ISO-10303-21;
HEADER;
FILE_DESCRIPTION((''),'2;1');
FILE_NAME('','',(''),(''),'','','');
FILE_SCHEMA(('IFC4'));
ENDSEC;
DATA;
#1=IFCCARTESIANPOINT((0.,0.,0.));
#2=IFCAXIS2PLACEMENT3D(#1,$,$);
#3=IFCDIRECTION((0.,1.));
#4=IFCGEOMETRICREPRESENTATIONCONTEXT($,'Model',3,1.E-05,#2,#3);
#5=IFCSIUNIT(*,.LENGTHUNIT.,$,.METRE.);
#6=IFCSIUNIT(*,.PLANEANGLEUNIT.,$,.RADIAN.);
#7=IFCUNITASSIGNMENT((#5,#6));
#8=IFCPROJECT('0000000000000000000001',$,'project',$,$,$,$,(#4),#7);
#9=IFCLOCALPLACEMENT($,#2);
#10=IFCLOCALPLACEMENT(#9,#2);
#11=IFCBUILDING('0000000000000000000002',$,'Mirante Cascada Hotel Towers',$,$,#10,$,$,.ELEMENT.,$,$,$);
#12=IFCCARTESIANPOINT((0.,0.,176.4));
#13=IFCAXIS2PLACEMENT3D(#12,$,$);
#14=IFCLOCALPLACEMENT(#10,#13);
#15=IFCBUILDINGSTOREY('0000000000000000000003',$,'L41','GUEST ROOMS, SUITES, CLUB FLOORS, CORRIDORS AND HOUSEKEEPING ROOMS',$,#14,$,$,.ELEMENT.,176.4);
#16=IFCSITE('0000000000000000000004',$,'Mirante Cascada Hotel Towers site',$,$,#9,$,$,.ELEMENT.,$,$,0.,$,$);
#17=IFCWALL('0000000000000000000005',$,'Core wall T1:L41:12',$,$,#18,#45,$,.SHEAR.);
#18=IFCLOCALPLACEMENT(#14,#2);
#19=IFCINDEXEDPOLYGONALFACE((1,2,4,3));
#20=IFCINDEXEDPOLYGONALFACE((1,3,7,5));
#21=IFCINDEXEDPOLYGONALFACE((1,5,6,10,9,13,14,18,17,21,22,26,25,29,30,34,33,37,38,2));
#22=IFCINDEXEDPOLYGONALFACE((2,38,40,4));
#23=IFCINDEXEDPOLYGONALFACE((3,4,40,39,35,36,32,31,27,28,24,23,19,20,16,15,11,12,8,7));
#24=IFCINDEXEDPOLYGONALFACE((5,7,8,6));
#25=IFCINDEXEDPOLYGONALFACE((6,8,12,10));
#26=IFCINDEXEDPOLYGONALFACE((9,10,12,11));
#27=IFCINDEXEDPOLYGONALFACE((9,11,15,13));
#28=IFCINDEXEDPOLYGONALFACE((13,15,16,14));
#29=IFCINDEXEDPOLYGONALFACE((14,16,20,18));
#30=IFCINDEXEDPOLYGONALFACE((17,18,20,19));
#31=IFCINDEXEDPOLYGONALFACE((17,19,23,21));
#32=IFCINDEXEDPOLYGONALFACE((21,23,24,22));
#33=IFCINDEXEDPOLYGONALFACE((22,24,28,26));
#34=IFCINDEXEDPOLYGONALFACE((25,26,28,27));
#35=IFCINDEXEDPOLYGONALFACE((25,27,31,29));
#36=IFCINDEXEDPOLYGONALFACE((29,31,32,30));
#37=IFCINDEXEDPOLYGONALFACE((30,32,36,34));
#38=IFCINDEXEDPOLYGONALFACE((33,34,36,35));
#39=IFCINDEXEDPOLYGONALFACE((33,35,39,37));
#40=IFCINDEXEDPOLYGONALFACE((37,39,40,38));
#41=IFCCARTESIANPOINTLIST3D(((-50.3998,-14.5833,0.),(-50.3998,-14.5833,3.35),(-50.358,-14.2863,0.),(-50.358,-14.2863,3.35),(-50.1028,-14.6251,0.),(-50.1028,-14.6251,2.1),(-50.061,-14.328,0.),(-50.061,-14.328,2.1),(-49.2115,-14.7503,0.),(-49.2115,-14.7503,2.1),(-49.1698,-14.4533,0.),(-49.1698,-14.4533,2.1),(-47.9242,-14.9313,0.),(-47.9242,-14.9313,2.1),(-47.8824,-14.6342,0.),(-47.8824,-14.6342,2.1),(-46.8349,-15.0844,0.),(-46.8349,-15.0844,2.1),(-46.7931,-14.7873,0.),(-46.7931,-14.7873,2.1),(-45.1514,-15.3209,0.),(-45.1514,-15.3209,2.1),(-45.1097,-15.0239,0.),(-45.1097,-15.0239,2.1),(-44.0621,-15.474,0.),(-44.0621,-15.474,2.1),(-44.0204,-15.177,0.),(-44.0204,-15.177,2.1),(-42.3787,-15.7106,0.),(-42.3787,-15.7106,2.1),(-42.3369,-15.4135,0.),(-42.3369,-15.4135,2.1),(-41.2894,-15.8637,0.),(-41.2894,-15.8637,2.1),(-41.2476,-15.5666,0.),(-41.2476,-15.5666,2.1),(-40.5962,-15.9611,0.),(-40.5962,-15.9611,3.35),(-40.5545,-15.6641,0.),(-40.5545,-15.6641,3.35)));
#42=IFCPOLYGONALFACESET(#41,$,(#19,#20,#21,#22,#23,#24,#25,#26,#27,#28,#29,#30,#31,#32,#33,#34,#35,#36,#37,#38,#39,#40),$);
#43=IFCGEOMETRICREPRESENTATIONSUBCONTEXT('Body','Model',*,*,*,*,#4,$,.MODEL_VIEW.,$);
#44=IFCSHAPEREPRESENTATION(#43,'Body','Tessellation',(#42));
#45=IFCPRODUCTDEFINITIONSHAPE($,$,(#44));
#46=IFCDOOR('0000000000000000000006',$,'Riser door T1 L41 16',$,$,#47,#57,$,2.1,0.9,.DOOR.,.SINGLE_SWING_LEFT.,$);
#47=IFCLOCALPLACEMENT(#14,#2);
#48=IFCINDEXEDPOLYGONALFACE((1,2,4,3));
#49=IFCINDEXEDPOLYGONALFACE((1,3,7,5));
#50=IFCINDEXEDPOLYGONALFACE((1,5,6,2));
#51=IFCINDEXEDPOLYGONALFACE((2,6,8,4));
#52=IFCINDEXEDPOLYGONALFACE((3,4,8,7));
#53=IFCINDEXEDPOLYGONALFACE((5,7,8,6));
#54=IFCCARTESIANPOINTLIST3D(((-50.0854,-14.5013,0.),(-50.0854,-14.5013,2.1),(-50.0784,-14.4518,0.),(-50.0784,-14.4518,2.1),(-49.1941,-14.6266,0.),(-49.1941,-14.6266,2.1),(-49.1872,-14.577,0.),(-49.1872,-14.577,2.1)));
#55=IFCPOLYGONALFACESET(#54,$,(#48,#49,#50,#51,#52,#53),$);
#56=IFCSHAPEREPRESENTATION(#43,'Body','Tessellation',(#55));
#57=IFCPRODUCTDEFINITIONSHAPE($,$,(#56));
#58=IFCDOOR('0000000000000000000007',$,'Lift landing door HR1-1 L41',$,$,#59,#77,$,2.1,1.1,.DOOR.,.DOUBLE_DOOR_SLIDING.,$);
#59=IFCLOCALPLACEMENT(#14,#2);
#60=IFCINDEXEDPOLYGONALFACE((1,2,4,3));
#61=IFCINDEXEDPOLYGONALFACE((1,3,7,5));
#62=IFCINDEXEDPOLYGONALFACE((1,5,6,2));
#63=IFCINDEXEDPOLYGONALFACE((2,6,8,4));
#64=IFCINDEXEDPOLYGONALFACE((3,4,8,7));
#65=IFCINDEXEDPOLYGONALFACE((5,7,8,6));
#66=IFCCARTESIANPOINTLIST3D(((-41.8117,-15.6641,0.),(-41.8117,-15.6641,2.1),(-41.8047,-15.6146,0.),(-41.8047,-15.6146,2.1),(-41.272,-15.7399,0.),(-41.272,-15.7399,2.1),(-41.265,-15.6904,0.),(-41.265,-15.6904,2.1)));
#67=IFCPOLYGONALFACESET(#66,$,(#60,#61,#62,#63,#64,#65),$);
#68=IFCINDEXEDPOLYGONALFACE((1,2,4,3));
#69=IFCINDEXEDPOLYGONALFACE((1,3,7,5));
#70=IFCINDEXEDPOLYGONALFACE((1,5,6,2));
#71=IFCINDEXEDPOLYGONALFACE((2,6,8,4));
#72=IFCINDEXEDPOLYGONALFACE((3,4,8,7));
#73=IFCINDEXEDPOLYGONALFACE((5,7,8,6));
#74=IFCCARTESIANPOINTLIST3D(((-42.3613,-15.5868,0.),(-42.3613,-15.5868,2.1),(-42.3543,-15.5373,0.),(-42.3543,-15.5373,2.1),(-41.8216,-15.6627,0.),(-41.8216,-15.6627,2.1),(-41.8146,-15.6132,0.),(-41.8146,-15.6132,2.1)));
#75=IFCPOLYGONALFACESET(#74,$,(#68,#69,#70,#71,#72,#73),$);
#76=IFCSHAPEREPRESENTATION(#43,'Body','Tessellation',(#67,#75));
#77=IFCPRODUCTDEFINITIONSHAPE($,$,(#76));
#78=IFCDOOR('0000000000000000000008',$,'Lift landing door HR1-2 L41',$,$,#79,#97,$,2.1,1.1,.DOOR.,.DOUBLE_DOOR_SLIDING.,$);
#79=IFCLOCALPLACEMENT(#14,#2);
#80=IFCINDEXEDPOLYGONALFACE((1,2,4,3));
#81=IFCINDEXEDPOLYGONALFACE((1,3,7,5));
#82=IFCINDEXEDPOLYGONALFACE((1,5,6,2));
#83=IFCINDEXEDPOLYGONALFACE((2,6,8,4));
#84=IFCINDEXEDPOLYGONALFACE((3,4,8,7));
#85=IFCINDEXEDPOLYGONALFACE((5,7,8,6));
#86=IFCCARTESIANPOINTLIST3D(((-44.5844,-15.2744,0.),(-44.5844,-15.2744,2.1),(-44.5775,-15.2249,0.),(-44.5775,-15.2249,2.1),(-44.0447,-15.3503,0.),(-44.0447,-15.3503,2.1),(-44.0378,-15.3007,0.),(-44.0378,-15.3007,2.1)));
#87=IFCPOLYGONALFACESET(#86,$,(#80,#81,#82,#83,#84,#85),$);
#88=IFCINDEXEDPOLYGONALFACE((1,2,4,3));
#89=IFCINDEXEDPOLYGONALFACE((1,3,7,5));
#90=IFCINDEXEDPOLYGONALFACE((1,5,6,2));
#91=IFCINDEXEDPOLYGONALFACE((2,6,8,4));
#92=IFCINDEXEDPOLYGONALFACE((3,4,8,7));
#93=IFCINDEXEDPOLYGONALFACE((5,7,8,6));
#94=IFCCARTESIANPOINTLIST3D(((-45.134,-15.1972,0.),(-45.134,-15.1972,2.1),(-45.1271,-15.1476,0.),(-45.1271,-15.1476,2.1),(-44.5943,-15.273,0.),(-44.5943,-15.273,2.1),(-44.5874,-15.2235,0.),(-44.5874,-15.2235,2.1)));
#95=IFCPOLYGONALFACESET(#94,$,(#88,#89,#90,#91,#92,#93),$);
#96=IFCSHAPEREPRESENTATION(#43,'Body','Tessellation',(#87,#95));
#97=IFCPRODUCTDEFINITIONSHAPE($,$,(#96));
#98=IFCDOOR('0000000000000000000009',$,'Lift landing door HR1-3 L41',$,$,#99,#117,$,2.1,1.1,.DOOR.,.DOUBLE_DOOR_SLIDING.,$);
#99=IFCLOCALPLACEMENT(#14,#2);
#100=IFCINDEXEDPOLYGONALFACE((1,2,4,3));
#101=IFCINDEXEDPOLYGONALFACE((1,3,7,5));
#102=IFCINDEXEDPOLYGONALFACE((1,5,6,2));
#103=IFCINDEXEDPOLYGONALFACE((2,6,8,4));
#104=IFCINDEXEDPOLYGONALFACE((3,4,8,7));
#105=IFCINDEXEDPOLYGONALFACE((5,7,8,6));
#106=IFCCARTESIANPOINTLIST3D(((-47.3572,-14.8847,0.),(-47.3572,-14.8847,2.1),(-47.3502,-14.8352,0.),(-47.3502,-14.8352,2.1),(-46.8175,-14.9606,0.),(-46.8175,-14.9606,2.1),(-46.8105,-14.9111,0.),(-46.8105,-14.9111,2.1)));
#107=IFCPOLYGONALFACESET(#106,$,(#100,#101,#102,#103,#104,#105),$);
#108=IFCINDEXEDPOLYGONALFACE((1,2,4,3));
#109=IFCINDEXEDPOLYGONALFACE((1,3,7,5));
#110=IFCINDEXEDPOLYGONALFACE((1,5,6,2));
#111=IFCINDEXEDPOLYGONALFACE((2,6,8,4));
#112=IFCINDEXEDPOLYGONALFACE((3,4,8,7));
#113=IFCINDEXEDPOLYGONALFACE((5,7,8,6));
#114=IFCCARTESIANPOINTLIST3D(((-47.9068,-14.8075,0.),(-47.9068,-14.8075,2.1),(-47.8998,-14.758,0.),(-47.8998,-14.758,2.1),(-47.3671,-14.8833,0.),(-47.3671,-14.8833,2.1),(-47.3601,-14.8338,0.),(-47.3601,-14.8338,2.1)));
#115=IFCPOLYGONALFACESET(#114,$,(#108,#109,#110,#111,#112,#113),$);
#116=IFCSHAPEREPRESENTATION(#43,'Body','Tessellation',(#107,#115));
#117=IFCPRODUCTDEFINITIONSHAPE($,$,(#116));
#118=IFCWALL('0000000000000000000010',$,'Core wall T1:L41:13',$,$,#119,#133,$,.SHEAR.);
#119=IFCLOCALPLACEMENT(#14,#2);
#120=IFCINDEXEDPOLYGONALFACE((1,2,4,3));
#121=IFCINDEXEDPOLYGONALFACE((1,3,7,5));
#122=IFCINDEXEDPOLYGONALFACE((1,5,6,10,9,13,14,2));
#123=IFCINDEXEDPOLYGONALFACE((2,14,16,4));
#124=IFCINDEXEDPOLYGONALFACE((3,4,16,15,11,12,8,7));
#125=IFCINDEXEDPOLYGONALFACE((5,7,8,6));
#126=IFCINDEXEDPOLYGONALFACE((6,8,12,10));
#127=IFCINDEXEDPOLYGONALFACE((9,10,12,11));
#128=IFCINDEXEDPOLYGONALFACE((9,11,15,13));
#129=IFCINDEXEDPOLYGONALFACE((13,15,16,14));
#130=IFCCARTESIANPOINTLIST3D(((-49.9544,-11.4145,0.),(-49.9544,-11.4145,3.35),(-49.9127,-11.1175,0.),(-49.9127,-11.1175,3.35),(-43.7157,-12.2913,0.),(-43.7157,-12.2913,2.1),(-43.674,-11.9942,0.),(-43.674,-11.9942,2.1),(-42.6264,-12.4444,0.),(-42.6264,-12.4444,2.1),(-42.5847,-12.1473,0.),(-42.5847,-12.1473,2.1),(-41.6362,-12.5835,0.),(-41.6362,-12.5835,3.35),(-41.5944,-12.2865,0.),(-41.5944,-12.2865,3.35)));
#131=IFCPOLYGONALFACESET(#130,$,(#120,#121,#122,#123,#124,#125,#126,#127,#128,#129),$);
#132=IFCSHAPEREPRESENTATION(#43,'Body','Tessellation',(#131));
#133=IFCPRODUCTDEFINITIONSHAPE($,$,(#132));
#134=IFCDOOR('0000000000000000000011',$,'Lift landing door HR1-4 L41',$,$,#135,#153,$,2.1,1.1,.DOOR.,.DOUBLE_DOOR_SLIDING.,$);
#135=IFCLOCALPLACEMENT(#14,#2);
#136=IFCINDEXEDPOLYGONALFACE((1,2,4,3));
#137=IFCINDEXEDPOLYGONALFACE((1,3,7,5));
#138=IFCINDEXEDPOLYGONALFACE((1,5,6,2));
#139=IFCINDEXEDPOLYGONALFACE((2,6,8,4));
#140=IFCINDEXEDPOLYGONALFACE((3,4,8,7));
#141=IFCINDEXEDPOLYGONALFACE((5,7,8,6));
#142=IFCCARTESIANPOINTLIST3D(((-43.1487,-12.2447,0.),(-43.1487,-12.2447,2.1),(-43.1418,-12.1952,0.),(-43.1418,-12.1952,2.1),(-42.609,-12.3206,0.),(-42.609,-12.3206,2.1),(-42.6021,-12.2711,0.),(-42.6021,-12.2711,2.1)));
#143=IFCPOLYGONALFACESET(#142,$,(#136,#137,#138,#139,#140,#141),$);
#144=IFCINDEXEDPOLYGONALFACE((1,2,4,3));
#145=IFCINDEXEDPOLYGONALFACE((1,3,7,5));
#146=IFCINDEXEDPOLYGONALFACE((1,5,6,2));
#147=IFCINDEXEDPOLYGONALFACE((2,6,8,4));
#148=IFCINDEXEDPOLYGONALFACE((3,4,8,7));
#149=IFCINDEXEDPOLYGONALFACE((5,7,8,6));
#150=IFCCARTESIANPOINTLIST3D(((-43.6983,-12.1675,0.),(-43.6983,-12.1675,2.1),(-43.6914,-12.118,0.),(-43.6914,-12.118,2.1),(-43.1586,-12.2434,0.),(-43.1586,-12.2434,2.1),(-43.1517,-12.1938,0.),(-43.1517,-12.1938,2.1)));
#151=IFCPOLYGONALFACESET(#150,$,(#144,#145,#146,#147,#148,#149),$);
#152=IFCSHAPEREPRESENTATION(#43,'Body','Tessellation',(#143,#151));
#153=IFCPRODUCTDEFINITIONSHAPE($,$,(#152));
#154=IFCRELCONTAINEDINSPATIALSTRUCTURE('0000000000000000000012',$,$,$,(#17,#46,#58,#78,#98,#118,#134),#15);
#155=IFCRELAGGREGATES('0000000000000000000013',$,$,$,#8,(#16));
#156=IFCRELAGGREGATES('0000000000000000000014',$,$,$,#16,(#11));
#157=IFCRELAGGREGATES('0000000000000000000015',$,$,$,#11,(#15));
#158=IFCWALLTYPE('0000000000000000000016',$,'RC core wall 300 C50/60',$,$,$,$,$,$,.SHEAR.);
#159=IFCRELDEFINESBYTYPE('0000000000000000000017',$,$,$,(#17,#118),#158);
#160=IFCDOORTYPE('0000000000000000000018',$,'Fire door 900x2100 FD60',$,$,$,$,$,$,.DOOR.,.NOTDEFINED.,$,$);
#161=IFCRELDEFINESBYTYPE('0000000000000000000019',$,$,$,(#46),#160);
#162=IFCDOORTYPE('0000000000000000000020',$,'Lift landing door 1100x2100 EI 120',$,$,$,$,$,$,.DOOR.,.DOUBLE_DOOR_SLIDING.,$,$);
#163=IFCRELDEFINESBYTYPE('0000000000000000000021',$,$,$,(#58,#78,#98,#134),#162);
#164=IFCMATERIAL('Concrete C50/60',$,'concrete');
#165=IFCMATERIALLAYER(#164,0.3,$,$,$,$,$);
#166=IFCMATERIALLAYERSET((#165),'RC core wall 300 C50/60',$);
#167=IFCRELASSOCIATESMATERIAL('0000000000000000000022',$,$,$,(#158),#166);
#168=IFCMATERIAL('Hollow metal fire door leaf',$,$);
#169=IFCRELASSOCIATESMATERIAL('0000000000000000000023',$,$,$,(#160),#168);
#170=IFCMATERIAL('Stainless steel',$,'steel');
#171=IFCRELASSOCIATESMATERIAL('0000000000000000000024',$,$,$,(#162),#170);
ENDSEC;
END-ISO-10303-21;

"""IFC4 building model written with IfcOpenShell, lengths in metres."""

from ifc_helpers import new_model, si_unit, direction, frame, frame_2d, origin, place, context, subcontext, project, spatial, rectangle, extrude, material, layer, layer_set, type_object, element, fill, save


model = new_model("IFC4")

# Units and contexts
model_context = context("Model", 3, precision=1e-05, world=origin(), true_north=direction((0.0, 1.0)))
body_context = subcontext(model_context, "Body", "Model", "MODEL_VIEW")
ifc_project = project(units=[si_unit("LENGTHUNIT", "METRE"), si_unit("PLANEANGLEUNIT", "RADIAN")], contexts=[model_context])

# Site, building, storey
site_placement = place(None, origin())
site = spatial("IfcSite", under=ifc_project, at=site_placement, Name="Mirante Cascada Hotel Towers site", CompositionType="ELEMENT", RefElevation=0.0)
building_placement = place(site_placement, origin())
building = spatial("IfcBuilding", under=site, at=building_placement, Name="Mirante Cascada Hotel Towers", CompositionType="ELEMENT")
storey_placement = place(building_placement, frame((0.0, 0.0, 176.4)))
storey = spatial("IfcBuildingStorey", under=building, at=storey_placement, Name="L41", Description="GUEST ROOMS, SUITES, CLUB FLOORS, CORRIDORS AND HOUSEKEEPING ROOMS", CompositionType="ELEMENT", Elevation=176.4)

# Shared definitions
ifc_material_1 = material(Name="Concrete C50/60", Category="concrete")
ifc_layer_1 = layer(ifc_material_1, 0.3)
ifc_layer_set_1 = layer_set([ifc_layer_1], Name="RC core wall 300 C50/60")
wall_type_1 = type_object("IfcWallType", Name="RC core wall 300 C50/60", PredefinedType="SHEAR", material=ifc_layer_set_1)

# Wall, openings, doors
wall_1_placement = place(storey_placement, frame((-40.5753, -15.8126, 0.0), z_axis=(0.0, 0.0, 1.0), x_axis=(-0.990268, 0.139173, 0.0)))
wall_1 = element("IfcWall", 1, at=wall_1_placement, inside=storey, type_object=wall_type_1, Name="Core wall T1:L41:12", PredefinedType="SHEAR", context=body_context, shape_type="SweptSolid", body=[
    extrude(rectangle(XDim=9.8999, YDim=0.3, at=frame_2d((4.95, 0.0))), origin(), (0.0, 0.0, 1.0), 3.35),
])
opening_1_placement = place(wall_1_placement, frame((0.7, 0.0, 0.0)))
opening_1 = element("IfcOpeningElement", 2, at=opening_1_placement, cuts=wall_1, PredefinedType="OPENING", context=body_context, shape_type="SweptSolid", body=[
    extrude(rectangle(XDim=1.1, YDim=2.1, at=frame_2d((0.55, 1.05))), frame((0.0, 0.15, 0.0), z_axis=(0.0, -1.0, 0.0), x_axis=(1.0, 0.0, 0.0)), (0.0, 0.0, 1.0), 0.3),
])
opening_2_placement = place(wall_1_placement, frame((3.5, 0.0, 0.0)))
opening_2 = element("IfcOpeningElement", 3, at=opening_2_placement, cuts=wall_1, PredefinedType="OPENING", context=body_context, shape_type="SweptSolid", body=[
    extrude(rectangle(XDim=1.1, YDim=2.1, at=frame_2d((0.55, 1.05))), frame((0.0, 0.15, 0.0), z_axis=(0.0, -1.0, 0.0), x_axis=(1.0, 0.0, 0.0)), (0.0, 0.0, 1.0), 0.3),
])
opening_3_placement = place(wall_1_placement, frame((6.3, 0.0, 0.0)))
opening_3 = element("IfcOpeningElement", 4, at=opening_3_placement, cuts=wall_1, PredefinedType="OPENING", context=body_context, shape_type="SweptSolid", body=[
    extrude(rectangle(XDim=1.1, YDim=2.1, at=frame_2d((0.55, 1.05))), frame((0.0, 0.15, 0.0), z_axis=(0.0, -1.0, 0.0), x_axis=(1.0, 0.0, 0.0)), (0.0, 0.0, 1.0), 0.3),
])
opening_4_placement = place(wall_1_placement, frame((8.7, 0.0, 0.0)))
opening_4 = element("IfcOpeningElement", 5, at=opening_4_placement, cuts=wall_1, PredefinedType="OPENING", context=body_context, shape_type="SweptSolid", body=[
    extrude(rectangle(XDim=0.9, YDim=2.1, at=frame_2d((0.45, 1.05))), frame((0.0, 0.15, 0.0), z_axis=(0.0, -1.0, 0.0), x_axis=(1.0, 0.0, 0.0)), (0.0, 0.0, 1.0), 0.3),
])
ifc_material_2 = material(Name="Hollow metal fire door leaf")
door_type_1 = type_object("IfcDoorType", Name="Fire door 900x2100 FD60", OperationType="NOTDEFINED", PredefinedType="DOOR", material=ifc_material_2)
door_1_placement = place(opening_4_placement, origin())
door_1 = element("IfcDoor", 6, at=door_1_placement, inside=storey, type_object=door_type_1, Name="Riser door T1 L41 16", OperationType="SINGLE_SWING_LEFT", OverallHeight=2.1, OverallWidth=0.9, PredefinedType="DOOR", context=body_context, shape_type="SweptSolid", body=[
    extrude(rectangle(XDim=0.9, YDim=2.1, at=frame_2d((0.45, 1.05))), frame((0.0, 0.025, 0.0), z_axis=(0.0, -1.0, 0.0), x_axis=(1.0, 0.0, 0.0)), (0.0, 0.0, 1.0), 0.05),
])
fill(opening_4, door_1)
ifc_material_3 = material(Name="Stainless steel", Category="steel")
door_type_2 = type_object("IfcDoorType", Name="Lift landing door 1100x2100 EI 120", OperationType="DOUBLE_DOOR_SLIDING", PredefinedType="DOOR", material=ifc_material_3)
door_2_placement = place(opening_1_placement, origin())
door_2 = element("IfcDoor", 7, at=door_2_placement, inside=storey, type_object=door_type_2, Name="Lift landing door HR1-1 L41", OperationType="DOUBLE_DOOR_SLIDING", OverallHeight=2.1, OverallWidth=1.1, PredefinedType="DOOR", context=body_context, shape_type="SweptSolid", body=[
    extrude(rectangle(XDim=0.545, YDim=2.1, at=frame_2d((0.2725, 1.05))), frame((0.0, 0.025, 0.0), z_axis=(0.0, -1.0, 0.0), x_axis=(1.0, 0.0, 0.0)), (0.0, 0.0, 1.0), 0.05),
    extrude(rectangle(XDim=0.545, YDim=2.1, at=frame_2d((0.8275, 1.05))), frame((0.0, 0.025, 0.0), z_axis=(0.0, -1.0, 0.0), x_axis=(1.0, 0.0, 0.0)), (0.0, 0.0, 1.0), 0.05),
])
fill(opening_1, door_2)
door_3_placement = place(opening_2_placement, origin())
door_3 = element("IfcDoor", 8, at=door_3_placement, inside=storey, type_object=door_type_2, Name="Lift landing door HR1-2 L41", OperationType="DOUBLE_DOOR_SLIDING", OverallHeight=2.1, OverallWidth=1.1, PredefinedType="DOOR", context=body_context, shape_type="SweptSolid", body=[
    extrude(rectangle(XDim=0.545, YDim=2.1, at=frame_2d((0.2725, 1.05))), frame((0.0, 0.025, 0.0), z_axis=(0.0, -1.0, 0.0), x_axis=(1.0, 0.0, 0.0)), (0.0, 0.0, 1.0), 0.05),
    extrude(rectangle(XDim=0.545, YDim=2.1, at=frame_2d((0.8275, 1.05))), frame((0.0, 0.025, 0.0), z_axis=(0.0, -1.0, 0.0), x_axis=(1.0, 0.0, 0.0)), (0.0, 0.0, 1.0), 0.05),
])
fill(opening_2, door_3)
door_4_placement = place(opening_3_placement, origin())
door_4 = element("IfcDoor", 9, at=door_4_placement, inside=storey, type_object=door_type_2, Name="Lift landing door HR1-3 L41", OperationType="DOUBLE_DOOR_SLIDING", OverallHeight=2.1, OverallWidth=1.1, PredefinedType="DOOR", context=body_context, shape_type="SweptSolid", body=[
    extrude(rectangle(XDim=0.545, YDim=2.1, at=frame_2d((0.2725, 1.05))), frame((0.0, 0.025, 0.0), z_axis=(0.0, -1.0, 0.0), x_axis=(1.0, 0.0, 0.0)), (0.0, 0.0, 1.0), 0.05),
    extrude(rectangle(XDim=0.545, YDim=2.1, at=frame_2d((0.8275, 1.05))), frame((0.0, 0.025, 0.0), z_axis=(0.0, -1.0, 0.0), x_axis=(1.0, 0.0, 0.0)), (0.0, 0.0, 1.0), 0.05),
])
fill(opening_3, door_4)

# Wall, opening, door
wall_2_placement = place(storey_placement, frame((-41.6153, -12.435, 0.0), z_axis=(0.0, 0.0, 1.0), x_axis=(-0.990269, 0.139166, 0.0)))
wall_2 = element("IfcWall", 10, at=wall_2_placement, inside=storey, type_object=wall_type_1, Name="Core wall T1:L41:13", PredefinedType="SHEAR", context=body_context, shape_type="SweptSolid", body=[
    extrude(rectangle(XDim=8.4, YDim=0.3, at=frame_2d((4.2, 0.0))), origin(), (0.0, 0.0, 1.0), 3.35),
])
opening_5_placement = place(wall_2_placement, frame((1.0, 0.0, 0.0)))
opening_5 = element("IfcOpeningElement", 11, at=opening_5_placement, cuts=wall_2, PredefinedType="OPENING", context=body_context, shape_type="SweptSolid", body=[
    extrude(rectangle(XDim=1.1, YDim=2.1, at=frame_2d((0.55, 1.05))), frame((0.0, 0.15, 0.0), z_axis=(0.0, -1.0, 0.0), x_axis=(1.0, 0.0, 0.0)), (0.0, 0.0, 1.0), 0.3),
])
door_5_placement = place(opening_5_placement, origin())
door_5 = element("IfcDoor", 12, at=door_5_placement, inside=storey, type_object=door_type_2, Name="Lift landing door HR1-4 L41", OperationType="DOUBLE_DOOR_SLIDING", OverallHeight=2.1, OverallWidth=1.1, PredefinedType="DOOR", context=body_context, shape_type="SweptSolid", body=[
    extrude(rectangle(XDim=0.545, YDim=2.1, at=frame_2d((0.2725, 1.05))), frame((0.0, 0.025, 0.0), z_axis=(0.0, -1.0, 0.0), x_axis=(1.0, 0.0, 0.0)), (0.0, 0.0, 1.0), 0.05),
    extrude(rectangle(XDim=0.545, YDim=2.1, at=frame_2d((0.8275, 1.05))), frame((0.0, 0.025, 0.0), z_axis=(0.0, -1.0, 0.0), x_axis=(1.0, 0.0, 0.0)), (0.0, 0.0, 1.0), 0.05),
])
fill(opening_5, door_5)

save(model, "model.ifc")
